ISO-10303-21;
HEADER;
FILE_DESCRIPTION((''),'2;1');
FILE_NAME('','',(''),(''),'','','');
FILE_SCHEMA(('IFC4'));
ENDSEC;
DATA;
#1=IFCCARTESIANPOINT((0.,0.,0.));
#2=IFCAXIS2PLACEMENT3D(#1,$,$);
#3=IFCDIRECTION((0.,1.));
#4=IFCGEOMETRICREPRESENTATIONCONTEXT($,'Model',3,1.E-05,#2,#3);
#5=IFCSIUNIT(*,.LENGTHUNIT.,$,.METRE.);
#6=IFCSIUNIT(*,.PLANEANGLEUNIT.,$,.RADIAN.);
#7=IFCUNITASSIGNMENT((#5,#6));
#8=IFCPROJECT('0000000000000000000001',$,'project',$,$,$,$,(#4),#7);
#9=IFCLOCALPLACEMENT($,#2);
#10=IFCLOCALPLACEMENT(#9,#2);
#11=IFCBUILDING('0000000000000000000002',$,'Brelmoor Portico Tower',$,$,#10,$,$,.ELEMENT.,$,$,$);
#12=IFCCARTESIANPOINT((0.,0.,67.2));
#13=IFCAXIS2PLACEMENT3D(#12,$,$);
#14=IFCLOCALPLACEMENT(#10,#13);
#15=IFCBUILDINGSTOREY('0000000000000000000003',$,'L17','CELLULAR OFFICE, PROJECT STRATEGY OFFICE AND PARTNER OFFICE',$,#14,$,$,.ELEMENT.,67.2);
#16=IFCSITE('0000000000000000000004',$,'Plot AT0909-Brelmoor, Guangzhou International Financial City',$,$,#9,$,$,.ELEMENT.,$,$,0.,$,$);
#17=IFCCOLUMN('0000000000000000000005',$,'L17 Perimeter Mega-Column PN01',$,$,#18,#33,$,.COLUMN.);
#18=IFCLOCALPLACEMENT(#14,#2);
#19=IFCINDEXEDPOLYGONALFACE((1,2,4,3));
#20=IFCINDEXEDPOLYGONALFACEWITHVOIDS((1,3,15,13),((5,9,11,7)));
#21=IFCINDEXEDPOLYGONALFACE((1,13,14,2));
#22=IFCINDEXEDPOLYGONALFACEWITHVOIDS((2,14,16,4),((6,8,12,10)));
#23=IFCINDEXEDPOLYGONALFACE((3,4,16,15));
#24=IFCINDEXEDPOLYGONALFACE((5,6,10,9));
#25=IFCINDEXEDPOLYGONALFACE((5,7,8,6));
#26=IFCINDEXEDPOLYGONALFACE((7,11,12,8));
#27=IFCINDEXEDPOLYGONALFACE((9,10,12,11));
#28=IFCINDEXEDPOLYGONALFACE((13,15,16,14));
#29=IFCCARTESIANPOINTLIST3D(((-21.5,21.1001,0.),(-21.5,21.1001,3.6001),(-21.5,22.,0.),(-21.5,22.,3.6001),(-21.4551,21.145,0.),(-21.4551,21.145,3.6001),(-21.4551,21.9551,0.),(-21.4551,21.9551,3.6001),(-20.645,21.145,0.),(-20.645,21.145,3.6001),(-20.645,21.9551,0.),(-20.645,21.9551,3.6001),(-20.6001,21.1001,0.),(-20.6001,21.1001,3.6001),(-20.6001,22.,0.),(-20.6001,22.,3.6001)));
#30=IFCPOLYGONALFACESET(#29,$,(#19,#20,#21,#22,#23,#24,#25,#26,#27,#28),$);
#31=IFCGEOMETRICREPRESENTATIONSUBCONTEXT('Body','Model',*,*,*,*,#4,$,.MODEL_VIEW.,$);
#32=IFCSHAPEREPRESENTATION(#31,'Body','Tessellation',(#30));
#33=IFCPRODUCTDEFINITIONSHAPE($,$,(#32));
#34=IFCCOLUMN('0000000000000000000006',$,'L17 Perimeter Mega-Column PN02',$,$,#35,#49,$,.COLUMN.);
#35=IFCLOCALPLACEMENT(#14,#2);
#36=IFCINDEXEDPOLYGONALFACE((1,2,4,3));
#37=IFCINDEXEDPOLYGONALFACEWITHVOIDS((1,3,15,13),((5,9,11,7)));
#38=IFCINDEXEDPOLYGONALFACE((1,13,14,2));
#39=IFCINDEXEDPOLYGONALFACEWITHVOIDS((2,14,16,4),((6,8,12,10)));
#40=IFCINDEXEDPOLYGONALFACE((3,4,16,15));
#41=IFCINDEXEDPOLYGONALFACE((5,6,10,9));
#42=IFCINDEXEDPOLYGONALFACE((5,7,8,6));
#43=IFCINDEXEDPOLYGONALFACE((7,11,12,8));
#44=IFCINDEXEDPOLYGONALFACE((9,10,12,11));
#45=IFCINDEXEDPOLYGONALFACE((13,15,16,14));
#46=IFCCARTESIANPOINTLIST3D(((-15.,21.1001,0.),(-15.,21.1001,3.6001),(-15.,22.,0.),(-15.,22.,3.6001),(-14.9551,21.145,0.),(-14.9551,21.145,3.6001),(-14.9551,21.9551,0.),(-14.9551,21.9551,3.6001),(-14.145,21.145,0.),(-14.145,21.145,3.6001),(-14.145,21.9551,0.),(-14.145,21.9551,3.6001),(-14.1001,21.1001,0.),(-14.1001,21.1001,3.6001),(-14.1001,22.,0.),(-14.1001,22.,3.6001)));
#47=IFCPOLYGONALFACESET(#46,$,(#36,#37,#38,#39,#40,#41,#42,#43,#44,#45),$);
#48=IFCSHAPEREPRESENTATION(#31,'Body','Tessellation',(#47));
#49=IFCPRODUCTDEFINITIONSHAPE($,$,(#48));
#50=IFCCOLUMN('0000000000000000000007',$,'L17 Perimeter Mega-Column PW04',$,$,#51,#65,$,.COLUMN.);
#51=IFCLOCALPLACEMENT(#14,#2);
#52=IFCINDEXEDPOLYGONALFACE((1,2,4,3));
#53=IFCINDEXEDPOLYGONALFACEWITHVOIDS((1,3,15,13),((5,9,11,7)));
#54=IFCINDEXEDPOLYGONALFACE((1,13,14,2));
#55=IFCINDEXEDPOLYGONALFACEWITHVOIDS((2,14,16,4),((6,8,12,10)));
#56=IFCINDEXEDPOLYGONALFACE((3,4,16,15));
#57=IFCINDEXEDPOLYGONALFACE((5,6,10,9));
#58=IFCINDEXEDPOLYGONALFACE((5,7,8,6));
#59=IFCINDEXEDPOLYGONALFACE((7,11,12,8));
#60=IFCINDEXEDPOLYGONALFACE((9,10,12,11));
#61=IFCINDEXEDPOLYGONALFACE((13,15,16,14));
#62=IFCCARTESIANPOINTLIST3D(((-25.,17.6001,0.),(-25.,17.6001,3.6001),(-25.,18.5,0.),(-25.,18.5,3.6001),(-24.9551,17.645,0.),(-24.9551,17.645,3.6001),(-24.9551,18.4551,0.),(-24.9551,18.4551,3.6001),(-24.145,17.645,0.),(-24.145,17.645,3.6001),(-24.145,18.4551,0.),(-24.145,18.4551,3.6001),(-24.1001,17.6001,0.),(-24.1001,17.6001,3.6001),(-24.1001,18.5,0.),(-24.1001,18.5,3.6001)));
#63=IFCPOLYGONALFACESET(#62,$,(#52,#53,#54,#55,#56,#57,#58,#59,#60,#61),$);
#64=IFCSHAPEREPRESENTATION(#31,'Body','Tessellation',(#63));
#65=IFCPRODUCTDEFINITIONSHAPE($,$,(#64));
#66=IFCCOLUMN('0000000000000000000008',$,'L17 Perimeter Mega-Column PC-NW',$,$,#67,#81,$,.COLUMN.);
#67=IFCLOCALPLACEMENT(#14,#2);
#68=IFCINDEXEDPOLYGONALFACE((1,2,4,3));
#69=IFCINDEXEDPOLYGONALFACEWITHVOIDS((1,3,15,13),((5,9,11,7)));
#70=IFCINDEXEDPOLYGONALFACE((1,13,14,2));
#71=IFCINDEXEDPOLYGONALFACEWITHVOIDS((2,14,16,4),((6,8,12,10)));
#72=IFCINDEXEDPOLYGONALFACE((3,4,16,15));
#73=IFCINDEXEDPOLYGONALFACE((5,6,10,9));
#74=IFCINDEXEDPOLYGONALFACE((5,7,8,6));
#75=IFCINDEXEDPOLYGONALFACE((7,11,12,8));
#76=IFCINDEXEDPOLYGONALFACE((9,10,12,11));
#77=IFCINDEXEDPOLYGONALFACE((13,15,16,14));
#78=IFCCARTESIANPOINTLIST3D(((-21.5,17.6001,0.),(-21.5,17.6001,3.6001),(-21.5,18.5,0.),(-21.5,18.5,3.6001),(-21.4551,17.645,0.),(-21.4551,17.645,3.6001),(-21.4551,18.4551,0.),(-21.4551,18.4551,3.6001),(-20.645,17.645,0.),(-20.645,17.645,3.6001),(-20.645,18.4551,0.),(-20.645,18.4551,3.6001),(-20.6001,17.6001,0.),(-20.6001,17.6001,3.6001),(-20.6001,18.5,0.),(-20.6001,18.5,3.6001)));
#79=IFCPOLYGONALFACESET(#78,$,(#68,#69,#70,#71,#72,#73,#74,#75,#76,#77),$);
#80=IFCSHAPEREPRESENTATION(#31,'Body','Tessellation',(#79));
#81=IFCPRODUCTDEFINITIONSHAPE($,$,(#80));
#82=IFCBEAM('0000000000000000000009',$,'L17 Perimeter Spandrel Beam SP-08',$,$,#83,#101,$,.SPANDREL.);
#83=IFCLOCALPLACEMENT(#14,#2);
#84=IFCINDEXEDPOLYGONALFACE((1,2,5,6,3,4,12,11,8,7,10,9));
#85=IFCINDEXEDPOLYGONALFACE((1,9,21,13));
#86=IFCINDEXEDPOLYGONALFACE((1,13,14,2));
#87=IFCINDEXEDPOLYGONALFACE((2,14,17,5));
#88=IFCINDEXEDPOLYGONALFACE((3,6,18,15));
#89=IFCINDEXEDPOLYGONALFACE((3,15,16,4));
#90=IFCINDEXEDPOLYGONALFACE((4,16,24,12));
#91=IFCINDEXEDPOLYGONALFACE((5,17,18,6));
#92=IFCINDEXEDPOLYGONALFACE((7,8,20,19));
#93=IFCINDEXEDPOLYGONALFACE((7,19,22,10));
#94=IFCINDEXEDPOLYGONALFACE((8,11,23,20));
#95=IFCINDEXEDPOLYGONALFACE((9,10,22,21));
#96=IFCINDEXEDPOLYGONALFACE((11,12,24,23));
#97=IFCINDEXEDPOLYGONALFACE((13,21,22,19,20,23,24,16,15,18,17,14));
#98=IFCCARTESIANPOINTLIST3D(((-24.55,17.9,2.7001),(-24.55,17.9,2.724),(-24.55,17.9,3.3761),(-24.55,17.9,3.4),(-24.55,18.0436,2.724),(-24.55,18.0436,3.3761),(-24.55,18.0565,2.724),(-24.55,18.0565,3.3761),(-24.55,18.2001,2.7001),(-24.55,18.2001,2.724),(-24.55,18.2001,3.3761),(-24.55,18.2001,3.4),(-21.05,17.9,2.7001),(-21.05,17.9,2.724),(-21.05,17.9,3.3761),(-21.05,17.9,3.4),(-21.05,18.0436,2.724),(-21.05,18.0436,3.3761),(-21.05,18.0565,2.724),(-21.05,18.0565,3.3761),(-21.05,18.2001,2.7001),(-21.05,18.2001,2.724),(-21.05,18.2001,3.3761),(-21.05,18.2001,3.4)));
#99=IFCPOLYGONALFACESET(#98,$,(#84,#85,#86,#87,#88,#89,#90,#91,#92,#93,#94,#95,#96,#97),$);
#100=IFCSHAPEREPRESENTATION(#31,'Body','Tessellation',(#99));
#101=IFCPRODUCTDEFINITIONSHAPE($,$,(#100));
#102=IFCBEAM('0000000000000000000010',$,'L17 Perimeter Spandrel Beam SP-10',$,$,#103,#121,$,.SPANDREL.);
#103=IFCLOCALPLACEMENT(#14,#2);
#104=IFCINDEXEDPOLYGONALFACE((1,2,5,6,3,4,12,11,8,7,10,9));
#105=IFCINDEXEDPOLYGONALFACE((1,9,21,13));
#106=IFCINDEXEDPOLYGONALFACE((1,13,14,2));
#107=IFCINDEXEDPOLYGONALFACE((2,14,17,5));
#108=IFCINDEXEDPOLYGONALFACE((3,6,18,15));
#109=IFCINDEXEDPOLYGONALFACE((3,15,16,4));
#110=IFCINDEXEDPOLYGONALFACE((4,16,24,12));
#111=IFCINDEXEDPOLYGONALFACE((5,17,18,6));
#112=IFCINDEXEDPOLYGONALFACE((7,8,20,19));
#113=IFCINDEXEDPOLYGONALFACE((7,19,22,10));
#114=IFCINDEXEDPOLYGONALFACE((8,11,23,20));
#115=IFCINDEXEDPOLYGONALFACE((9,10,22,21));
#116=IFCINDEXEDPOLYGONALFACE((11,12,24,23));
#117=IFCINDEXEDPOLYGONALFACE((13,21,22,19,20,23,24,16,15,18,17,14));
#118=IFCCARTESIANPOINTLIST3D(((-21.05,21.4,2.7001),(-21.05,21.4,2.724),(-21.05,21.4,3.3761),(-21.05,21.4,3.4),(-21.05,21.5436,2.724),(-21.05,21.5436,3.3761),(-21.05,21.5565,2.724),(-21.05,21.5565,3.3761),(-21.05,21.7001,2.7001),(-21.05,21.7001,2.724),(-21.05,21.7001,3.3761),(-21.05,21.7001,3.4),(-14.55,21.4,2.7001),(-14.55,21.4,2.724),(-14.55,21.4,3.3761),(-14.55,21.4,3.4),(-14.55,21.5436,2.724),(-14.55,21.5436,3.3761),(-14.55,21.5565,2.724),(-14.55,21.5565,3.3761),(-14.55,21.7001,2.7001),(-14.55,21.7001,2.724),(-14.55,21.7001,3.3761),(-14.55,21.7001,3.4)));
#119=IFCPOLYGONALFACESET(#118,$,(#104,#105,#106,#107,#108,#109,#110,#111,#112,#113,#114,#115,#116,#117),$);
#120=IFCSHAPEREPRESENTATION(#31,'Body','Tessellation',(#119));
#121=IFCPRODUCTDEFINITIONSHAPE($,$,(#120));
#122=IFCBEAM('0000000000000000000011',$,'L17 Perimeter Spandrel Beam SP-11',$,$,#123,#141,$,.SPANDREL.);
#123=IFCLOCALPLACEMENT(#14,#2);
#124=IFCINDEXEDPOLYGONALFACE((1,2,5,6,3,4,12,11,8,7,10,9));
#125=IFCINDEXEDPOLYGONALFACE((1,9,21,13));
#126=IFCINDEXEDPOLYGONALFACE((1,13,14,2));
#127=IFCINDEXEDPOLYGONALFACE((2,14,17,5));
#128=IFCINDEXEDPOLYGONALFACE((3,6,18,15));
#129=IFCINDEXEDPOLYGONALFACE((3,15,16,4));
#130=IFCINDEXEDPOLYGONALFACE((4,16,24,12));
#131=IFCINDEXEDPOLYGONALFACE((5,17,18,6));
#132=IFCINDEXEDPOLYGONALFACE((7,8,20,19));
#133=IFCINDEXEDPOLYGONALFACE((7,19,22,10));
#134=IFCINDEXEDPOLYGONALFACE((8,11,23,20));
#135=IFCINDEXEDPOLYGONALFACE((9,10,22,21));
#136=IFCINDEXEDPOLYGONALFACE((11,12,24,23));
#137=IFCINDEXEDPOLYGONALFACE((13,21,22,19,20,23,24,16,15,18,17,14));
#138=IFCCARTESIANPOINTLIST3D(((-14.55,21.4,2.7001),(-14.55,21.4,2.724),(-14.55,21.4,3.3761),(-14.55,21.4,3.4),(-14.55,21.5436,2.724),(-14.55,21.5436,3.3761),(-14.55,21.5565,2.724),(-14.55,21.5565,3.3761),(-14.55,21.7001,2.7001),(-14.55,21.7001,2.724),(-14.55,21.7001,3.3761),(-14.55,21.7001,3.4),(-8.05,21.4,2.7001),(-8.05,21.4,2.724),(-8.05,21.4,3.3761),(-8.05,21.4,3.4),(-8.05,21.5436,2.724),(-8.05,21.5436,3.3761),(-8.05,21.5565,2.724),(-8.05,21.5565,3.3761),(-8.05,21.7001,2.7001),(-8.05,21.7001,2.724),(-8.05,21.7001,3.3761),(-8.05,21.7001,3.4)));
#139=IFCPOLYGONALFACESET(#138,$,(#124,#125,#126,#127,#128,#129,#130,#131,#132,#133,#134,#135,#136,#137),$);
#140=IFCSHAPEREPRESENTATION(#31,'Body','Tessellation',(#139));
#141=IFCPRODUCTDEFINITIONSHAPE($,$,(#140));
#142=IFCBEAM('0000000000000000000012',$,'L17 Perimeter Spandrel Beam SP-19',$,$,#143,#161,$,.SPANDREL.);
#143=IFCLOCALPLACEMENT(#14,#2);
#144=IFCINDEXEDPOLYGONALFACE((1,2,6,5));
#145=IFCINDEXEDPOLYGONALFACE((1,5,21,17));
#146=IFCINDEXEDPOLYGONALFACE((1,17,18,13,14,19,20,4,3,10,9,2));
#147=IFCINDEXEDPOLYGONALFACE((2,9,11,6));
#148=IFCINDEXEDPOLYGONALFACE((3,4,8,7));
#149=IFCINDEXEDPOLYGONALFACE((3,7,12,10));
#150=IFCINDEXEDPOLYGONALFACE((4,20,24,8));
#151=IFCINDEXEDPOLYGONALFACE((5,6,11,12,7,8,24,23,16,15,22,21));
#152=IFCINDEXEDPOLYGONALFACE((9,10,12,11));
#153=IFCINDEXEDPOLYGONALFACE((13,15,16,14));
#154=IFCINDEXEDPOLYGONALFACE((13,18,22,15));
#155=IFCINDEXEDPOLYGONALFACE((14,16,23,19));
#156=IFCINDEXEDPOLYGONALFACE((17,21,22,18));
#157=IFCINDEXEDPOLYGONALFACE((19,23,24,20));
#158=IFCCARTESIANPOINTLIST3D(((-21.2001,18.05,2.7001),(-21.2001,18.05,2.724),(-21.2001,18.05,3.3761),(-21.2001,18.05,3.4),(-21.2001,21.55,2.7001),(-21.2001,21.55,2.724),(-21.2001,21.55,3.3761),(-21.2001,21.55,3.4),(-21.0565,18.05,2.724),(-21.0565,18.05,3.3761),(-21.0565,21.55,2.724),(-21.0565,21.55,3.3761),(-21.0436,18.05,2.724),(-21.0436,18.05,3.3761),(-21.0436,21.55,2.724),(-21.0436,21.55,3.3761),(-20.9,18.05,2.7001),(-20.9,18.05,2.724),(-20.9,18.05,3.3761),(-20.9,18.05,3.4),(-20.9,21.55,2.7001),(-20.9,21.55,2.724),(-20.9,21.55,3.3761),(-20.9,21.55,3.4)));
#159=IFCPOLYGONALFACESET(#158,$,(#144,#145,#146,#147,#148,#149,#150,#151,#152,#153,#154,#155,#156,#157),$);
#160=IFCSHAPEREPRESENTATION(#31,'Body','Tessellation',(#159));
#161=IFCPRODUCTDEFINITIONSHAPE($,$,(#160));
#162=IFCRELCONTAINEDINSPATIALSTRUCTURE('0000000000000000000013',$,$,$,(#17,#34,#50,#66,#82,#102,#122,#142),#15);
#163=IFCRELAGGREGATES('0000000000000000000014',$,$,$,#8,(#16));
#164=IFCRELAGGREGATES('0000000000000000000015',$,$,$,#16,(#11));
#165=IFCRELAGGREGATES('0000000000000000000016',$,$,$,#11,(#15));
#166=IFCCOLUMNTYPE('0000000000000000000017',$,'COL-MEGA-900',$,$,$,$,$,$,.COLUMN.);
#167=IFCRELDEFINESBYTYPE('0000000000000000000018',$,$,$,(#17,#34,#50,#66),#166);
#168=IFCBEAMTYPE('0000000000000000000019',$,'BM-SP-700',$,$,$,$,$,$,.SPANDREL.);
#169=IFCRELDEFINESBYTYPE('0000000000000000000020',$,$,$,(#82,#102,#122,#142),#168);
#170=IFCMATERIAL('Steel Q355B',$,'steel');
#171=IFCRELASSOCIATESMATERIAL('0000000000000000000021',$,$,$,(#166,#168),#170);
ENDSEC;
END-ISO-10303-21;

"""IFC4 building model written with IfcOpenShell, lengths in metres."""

from ifc_helpers import new_model, si_unit, direction, frame, origin, origin_2d, place, context, subcontext, project, spatial, hollow_rectangle, i_section, extrude, material, material_profile, profile_set, type_object, element, save


model = new_model("IFC4")

# Units and contexts
model_context = context("Model", 3, precision=1e-05, world=origin(), true_north=direction((0.0, 1.0)))
body_context = subcontext(model_context, "Body", "Model", "MODEL_VIEW")
ifc_project = project(units=[si_unit("LENGTHUNIT", "METRE"), si_unit("PLANEANGLEUNIT", "RADIAN")], contexts=[model_context])

# Site, building, storey
site_placement = place(None, origin())
site = spatial("IfcSite", under=ifc_project, at=site_placement, Name="Plot AT0909-Brelmoor, Guangzhou International Financial City", CompositionType="ELEMENT", RefElevation=0.0)
building_placement = place(site_placement, origin())
building = spatial("IfcBuilding", under=site, at=building_placement, Name="Brelmoor Portico Tower", CompositionType="ELEMENT")
storey_placement = place(building_placement, frame((0.0, 0.0, 67.2)))
storey = spatial("IfcBuildingStorey", under=building, at=storey_placement, Name="L17", Description="CELLULAR OFFICE, PROJECT STRATEGY OFFICE AND PARTNER OFFICE", CompositionType="ELEMENT", Elevation=67.2)

# Columns
ifc_material_1 = material(Name="Steel Q355B", Category="steel")
ifc_material_profile_1 = material_profile(ifc_material_1, hollow_rectangle(XDim=0.8999, YDim=0.8999, WallThickness=0.0449, at=origin_2d()), Name="BOX 900x900x45")
ifc_profile_set_1 = profile_set([ifc_material_profile_1], Name="Steel Q355B")
column_type = type_object("IfcColumnType", Name="COL-MEGA-900", PredefinedType="COLUMN", material=ifc_profile_set_1)
for number, where, z_axis, x_axis, name in (
    (1, (-21.05, 21.55, 0.0), (0.0, 0.0, 1.0), (1.0, 0.0, 0.0), "L17 Perimeter Mega-Column PN01"),
    (2, (-14.55, 21.55, 0.0), (0.0, 0.0, 1.0), (1.0, 0.0, 0.0), "L17 Perimeter Mega-Column PN02"),
    (3, (-24.55, 18.05, 0.0), (0.0, 0.0, 1.0), (0.0, 1.0, 0.0), "L17 Perimeter Mega-Column PW04"),
    (4, (-21.05, 18.05, 0.0), (0.0, 0.0, 1.0), (1.0, 0.0, 0.0), "L17 Perimeter Mega-Column PC-NW"),
):
    element("IfcColumn", number, at=place(storey_placement, frame(where, z_axis=z_axis, x_axis=x_axis)), inside=storey, type_object=column_type, Name=name, PredefinedType="COLUMN", context=body_context, shape_type="SweptSolid", body=[
        extrude(hollow_rectangle(XDim=0.8999, YDim=0.8999, WallThickness=0.0449, at=origin_2d()), origin(), (0.0, 0.0, 1.0), 3.6001),
    ])

# Beams
ifc_material_profile_2 = material_profile(ifc_material_1, i_section(OverallWidth=0.3, OverallDepth=0.7, WebThickness=0.0129, FlangeThickness=0.0239, at=origin_2d()), Name="HN 700x300x13x24")
ifc_profile_set_2 = profile_set([ifc_material_profile_2], Name="Steel Q355B")
beam_type = type_object("IfcBeamType", Name="BM-SP-700", PredefinedType="SPANDREL", material=ifc_profile_set_2)
beam_1_placement = place(storey_placement, frame((-24.55, 18.05, 3.05), z_axis=(1.0, 0.0, 0.0), x_axis=(0.0, 1.0, 0.0)))
element("IfcBeam", 5, at=beam_1_placement, inside=storey, type_object=beam_type, Name="L17 Perimeter Spandrel Beam SP-08", PredefinedType="SPANDREL", context=body_context, shape_type="SweptSolid", body=[
    extrude(i_section(OverallWidth=0.3, OverallDepth=0.7, WebThickness=0.0129, FlangeThickness=0.0239, at=origin_2d()), origin(), (0.0, 0.0, 1.0), 3.5),
])
for number, where, z_axis, x_axis, name in (
    (6, (-21.05, 21.55, 3.05), (1.0, 0.0, 0.0), (0.0, 1.0, 0.0), "L17 Perimeter Spandrel Beam SP-10"),
    (7, (-14.55, 21.55, 3.05), (1.0, 0.0, 0.0), (0.0, 1.0, 0.0), "L17 Perimeter Spandrel Beam SP-11"),
):
    element("IfcBeam", number, at=place(storey_placement, frame(where, z_axis=z_axis, x_axis=x_axis)), inside=storey, type_object=beam_type, Name=name, PredefinedType="SPANDREL", context=body_context, shape_type="SweptSolid", body=[
        extrude(i_section(OverallWidth=0.3, OverallDepth=0.7, WebThickness=0.0129, FlangeThickness=0.0239, at=origin_2d()), origin(), (0.0, 0.0, 1.0), 6.5),
    ])
beam_2_placement = place(storey_placement, frame((-21.05, 18.05, 3.05), z_axis=(0.0, 1.0, 0.0), x_axis=(-1.0, 0.0, 0.0)))
element("IfcBeam", 8, at=beam_2_placement, inside=storey, type_object=beam_type, Name="L17 Perimeter Spandrel Beam SP-19", PredefinedType="SPANDREL", context=body_context, shape_type="SweptSolid", body=[
    extrude(i_section(OverallWidth=0.3, OverallDepth=0.7, WebThickness=0.0129, FlangeThickness=0.0239, at=origin_2d()), origin(), (0.0, 0.0, 1.0), 3.5),
])

save(model, "model.ifc")
